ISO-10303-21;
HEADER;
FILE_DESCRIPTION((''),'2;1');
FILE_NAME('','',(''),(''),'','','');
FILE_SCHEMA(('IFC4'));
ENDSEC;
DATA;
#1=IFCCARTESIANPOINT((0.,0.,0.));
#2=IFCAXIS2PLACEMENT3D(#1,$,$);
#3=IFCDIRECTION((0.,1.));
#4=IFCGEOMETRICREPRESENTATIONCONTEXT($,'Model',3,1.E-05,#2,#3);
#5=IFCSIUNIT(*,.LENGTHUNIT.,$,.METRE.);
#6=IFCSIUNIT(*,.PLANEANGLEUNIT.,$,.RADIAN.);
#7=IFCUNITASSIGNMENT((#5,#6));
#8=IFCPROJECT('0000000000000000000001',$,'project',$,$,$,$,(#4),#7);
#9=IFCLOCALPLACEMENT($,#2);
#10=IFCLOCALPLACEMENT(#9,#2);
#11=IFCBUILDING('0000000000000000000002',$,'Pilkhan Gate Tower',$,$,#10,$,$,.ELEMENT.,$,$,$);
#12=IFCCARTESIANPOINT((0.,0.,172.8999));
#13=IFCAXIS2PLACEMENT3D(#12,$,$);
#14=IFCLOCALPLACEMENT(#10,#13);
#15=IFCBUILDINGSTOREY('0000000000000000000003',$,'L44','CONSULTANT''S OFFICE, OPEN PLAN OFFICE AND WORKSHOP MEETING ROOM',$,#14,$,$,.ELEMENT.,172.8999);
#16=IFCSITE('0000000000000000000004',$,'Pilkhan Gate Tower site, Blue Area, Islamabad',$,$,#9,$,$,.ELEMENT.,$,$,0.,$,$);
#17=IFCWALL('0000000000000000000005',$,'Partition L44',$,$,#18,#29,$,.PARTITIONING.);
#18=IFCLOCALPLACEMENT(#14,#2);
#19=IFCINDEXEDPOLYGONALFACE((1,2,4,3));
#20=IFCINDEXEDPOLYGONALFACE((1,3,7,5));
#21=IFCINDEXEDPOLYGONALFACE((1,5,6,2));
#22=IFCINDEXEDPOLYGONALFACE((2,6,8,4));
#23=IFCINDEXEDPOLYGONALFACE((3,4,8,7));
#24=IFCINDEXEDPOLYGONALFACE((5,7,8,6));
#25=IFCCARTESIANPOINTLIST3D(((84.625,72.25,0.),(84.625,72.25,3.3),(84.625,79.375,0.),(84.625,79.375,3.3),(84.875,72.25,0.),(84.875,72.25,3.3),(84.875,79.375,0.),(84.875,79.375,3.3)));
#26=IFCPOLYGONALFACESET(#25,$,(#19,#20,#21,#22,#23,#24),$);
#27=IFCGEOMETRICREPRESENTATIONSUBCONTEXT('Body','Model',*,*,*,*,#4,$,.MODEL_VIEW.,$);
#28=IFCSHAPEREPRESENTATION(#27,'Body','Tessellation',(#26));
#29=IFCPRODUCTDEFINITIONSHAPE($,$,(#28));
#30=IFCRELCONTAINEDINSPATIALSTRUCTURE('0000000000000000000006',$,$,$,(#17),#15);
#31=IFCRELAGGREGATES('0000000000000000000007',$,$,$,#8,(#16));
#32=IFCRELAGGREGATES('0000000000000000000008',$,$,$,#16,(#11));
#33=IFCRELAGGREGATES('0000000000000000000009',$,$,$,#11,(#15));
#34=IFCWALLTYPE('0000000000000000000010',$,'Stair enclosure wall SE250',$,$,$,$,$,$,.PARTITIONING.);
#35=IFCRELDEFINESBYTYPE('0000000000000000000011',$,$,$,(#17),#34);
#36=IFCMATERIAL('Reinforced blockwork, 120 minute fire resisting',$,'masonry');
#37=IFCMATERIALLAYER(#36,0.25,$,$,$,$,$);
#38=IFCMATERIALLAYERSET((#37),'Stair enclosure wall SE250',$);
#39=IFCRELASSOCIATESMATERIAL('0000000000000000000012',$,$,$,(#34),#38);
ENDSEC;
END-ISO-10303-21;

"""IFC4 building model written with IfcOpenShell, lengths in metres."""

from ifc_helpers import new_model, si_unit, direction, frame, frame_2d, origin, place, context, subcontext, project, spatial, rectangle, extrude, material, layer, layer_set, type_object, element, save


model = new_model("IFC4")

# Units and contexts
model_context = context("Model", 3, precision=1e-05, world=origin(), true_north=direction((0.0, 1.0)))
body_context = subcontext(model_context, "Body", "Model", "MODEL_VIEW")
ifc_project = project(units=[si_unit("LENGTHUNIT", "METRE"), si_unit("PLANEANGLEUNIT", "RADIAN")], contexts=[model_context])

# Site, building, storey
site_placement = place(None, origin())
site = spatial("IfcSite", under=ifc_project, at=site_placement, Name="Pilkhan Gate Tower site, Blue Area, Islamabad", CompositionType="ELEMENT", RefElevation=0.0)
building_placement = place(site_placement, origin())
building = spatial("IfcBuilding", under=site, at=building_placement, Name="Pilkhan Gate Tower", CompositionType="ELEMENT")
storey_placement = place(building_placement, frame((0.0, 0.0, 172.8999)))
storey = spatial("IfcBuildingStorey", under=building, at=storey_placement, Name="L44", Description="CONSULTANT'S OFFICE, OPEN PLAN OFFICE AND WORKSHOP MEETING ROOM", CompositionType="ELEMENT", Elevation=172.8999)

# Wall
ifc_material_1 = material(Name="Reinforced blockwork, 120 minute fire resisting", Category="masonry")
ifc_layer_1 = layer(ifc_material_1, 0.25)
ifc_layer_set_1 = layer_set([ifc_layer_1], Name="Stair enclosure wall SE250")
wall_type_1 = type_object("IfcWallType", Name="Stair enclosure wall SE250", PredefinedType="PARTITIONING", material=ifc_layer_set_1)
wall_1_placement = place(storey_placement, frame((84.75, 72.25, 0.0), z_axis=(0.0, 0.0, 1.0), x_axis=(0.0, 1.0, 0.0)))
element("IfcWall", 1, at=wall_1_placement, inside=storey, type_object=wall_type_1, Name="Partition L44", PredefinedType="PARTITIONING", context=body_context, shape_type="SweptSolid", body=[
    extrude(rectangle(XDim=7.125, YDim=0.25, at=frame_2d((3.5625, 0.0))), origin(), (0.0, 0.0, 1.0), 3.3),
])

save(model, "model.ifc")
